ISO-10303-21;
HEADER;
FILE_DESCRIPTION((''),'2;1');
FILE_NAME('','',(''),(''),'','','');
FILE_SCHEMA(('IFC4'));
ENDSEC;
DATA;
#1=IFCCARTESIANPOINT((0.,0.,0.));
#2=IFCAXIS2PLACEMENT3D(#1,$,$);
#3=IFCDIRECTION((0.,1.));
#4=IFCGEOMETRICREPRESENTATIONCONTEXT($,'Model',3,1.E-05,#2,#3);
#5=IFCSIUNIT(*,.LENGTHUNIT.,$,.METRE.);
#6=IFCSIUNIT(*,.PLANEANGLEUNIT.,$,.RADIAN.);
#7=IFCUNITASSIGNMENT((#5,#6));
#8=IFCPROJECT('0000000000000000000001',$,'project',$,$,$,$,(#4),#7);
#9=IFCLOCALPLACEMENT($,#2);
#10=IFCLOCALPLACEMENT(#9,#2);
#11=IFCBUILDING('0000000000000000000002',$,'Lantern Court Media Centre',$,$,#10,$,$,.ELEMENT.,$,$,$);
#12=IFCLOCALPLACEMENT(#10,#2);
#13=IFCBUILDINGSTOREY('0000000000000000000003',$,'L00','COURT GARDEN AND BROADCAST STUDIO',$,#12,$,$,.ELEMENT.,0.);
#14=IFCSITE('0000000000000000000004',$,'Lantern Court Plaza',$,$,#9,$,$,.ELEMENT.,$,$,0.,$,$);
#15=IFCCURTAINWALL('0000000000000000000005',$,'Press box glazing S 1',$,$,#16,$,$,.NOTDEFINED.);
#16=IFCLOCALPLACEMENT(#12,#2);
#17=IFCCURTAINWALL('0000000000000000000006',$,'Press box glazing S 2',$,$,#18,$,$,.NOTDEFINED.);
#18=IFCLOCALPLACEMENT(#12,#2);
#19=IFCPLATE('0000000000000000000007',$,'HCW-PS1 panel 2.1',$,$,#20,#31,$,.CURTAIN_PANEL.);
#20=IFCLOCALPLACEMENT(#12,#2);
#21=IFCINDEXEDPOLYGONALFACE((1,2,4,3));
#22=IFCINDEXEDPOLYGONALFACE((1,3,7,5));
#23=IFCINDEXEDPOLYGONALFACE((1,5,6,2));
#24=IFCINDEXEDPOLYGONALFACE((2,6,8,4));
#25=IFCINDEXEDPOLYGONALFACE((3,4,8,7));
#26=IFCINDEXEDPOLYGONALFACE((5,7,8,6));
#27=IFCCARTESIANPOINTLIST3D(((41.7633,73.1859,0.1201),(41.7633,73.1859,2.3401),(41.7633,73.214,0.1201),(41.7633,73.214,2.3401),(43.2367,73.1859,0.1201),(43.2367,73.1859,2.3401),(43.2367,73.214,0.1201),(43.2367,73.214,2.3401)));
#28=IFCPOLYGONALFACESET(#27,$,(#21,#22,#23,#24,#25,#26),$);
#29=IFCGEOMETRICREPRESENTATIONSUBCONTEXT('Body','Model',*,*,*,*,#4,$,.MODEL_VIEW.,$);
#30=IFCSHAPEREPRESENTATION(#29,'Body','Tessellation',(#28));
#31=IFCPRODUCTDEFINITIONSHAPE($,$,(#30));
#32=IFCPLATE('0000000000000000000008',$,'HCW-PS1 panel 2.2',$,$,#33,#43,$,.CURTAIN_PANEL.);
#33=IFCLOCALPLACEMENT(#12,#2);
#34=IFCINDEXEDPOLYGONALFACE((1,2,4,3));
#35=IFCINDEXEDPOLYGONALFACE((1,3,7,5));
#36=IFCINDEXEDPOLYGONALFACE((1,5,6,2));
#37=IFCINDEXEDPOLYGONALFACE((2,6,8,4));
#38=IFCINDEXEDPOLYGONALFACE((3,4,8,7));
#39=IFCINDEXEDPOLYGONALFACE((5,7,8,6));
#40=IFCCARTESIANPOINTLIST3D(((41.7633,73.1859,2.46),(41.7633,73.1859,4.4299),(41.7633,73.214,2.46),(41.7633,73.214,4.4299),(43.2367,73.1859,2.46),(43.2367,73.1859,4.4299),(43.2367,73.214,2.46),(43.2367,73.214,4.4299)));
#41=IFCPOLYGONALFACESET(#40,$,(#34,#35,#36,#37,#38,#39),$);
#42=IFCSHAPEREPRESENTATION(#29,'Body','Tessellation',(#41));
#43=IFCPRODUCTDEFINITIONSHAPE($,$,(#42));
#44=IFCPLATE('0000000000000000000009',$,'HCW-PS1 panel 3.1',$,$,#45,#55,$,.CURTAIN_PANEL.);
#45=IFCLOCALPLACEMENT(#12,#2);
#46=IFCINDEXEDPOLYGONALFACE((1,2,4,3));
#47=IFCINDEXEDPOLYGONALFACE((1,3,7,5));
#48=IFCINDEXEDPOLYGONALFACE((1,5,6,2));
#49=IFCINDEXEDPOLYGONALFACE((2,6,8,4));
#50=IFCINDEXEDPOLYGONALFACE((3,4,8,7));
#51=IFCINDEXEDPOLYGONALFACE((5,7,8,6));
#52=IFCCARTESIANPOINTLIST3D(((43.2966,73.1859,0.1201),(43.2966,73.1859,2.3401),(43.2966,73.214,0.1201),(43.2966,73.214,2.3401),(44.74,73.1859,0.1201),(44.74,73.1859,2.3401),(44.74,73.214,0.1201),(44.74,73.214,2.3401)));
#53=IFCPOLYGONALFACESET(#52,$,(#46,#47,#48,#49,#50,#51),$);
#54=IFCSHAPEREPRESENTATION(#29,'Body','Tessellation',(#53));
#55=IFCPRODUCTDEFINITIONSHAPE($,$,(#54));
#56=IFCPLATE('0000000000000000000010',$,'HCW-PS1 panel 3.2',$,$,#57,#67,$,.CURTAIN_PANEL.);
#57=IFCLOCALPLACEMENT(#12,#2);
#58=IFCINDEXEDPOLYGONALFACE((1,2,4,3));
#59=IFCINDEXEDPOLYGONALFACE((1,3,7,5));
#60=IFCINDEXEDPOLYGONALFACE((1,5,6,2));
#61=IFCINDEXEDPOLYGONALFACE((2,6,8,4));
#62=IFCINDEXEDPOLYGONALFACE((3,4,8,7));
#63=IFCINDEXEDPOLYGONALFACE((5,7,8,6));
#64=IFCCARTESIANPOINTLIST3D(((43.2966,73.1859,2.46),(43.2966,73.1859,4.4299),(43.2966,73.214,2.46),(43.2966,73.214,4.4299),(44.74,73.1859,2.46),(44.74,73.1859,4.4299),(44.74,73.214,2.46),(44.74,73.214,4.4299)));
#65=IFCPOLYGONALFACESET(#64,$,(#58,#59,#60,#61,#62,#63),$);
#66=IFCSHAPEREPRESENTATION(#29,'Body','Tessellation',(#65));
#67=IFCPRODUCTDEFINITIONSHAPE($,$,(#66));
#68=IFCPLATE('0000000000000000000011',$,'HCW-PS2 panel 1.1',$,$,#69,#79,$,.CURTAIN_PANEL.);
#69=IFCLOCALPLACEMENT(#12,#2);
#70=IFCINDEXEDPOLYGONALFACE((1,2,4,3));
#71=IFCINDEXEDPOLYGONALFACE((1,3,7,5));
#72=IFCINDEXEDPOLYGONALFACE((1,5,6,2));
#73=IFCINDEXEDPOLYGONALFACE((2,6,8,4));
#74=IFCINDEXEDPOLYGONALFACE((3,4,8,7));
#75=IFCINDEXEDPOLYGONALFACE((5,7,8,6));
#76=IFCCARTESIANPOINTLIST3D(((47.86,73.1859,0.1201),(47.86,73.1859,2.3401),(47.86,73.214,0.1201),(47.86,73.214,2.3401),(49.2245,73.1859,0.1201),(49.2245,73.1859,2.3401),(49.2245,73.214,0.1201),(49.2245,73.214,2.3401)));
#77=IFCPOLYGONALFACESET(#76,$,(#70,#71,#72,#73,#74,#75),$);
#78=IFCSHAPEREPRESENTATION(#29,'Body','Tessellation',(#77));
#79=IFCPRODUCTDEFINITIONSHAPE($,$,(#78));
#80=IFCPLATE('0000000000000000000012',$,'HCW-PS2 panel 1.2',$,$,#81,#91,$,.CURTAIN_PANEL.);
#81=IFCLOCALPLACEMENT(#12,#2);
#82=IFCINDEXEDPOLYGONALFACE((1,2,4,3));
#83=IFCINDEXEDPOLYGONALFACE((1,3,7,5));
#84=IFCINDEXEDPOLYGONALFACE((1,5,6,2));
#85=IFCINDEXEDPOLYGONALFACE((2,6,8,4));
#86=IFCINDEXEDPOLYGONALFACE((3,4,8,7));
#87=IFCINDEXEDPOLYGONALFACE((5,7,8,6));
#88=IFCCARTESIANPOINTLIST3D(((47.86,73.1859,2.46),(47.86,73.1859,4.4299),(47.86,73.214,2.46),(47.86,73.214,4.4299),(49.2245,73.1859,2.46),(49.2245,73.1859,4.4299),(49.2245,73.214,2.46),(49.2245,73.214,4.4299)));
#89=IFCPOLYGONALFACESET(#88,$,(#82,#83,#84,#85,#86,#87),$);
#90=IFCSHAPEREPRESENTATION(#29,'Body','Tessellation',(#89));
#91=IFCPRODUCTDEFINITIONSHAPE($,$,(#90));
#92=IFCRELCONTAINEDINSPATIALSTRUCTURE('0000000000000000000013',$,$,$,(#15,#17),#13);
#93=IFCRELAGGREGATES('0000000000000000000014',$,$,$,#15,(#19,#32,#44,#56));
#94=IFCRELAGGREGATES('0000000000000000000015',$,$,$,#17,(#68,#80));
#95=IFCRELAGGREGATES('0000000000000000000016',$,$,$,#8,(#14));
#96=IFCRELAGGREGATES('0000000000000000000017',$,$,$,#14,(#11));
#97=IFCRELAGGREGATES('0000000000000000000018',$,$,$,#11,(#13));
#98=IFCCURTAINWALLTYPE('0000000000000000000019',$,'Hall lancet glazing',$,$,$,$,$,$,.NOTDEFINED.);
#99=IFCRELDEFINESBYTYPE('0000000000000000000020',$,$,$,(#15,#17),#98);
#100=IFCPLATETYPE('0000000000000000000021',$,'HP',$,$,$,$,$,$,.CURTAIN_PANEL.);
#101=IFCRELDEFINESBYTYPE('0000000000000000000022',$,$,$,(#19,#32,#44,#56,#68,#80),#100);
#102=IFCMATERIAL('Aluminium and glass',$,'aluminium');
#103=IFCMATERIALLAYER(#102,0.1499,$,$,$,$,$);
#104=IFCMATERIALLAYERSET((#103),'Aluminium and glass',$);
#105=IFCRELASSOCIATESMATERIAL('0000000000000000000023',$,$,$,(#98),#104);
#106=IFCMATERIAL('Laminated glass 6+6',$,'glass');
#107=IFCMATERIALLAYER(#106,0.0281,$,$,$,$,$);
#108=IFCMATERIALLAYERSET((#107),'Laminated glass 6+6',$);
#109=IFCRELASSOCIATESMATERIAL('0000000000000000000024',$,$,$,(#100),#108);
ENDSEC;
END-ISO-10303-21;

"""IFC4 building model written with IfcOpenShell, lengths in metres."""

from ifc_helpers import new_model, si_unit, direction, frame, origin, origin_2d, place, context, subcontext, project, spatial, rectangle, extrude, material, layer, layer_set, type_object, element, aggregate, save


model = new_model("IFC4")

# Units and contexts
model_context = context("Model", 3, precision=1e-05, world=origin(), true_north=direction((0.0, 1.0)))
body_context = subcontext(model_context, "Body", "Model", "MODEL_VIEW")
ifc_project = project(units=[si_unit("LENGTHUNIT", "METRE"), si_unit("PLANEANGLEUNIT", "RADIAN")], contexts=[model_context])

# Site, building, storey
site_placement = place(None, origin())
site = spatial("IfcSite", under=ifc_project, at=site_placement, Name="Lantern Court Plaza", CompositionType="ELEMENT", RefElevation=0.0)
building_placement = place(site_placement, origin())
building = spatial("IfcBuilding", under=site, at=building_placement, Name="Lantern Court Media Centre", CompositionType="ELEMENT")
storey_placement = place(building_placement, origin())
storey = spatial("IfcBuildingStorey", under=building, at=storey_placement, Name="L00", Description="COURT GARDEN AND BROADCAST STUDIO", CompositionType="ELEMENT", Elevation=0.0)

# Curtain walls
ifc_material_1 = material(Name="Aluminium and glass", Category="aluminium")
ifc_layer_1 = layer(ifc_material_1, 0.1499)
ifc_layer_set_1 = layer_set([ifc_layer_1], Name="Aluminium and glass")
curtain_wall_type = type_object("IfcCurtainWallType", Name="Hall lancet glazing", PredefinedType="NOTDEFINED", material=ifc_layer_set_1)
curtain_wall_1_placement = place(storey_placement, origin())
curtain_wall_1 = element("IfcCurtainWall", 1, at=curtain_wall_1_placement, inside=storey, type_object=curtain_wall_type, Name="Press box glazing S 1", PredefinedType="NOTDEFINED")
curtain_wall_2_placement = place(storey_placement, origin())
curtain_wall_2 = element("IfcCurtainWall", 2, at=curtain_wall_2_placement, inside=storey, type_object=curtain_wall_type, Name="Press box glazing S 2", PredefinedType="NOTDEFINED")

# Plates
ifc_material_2 = material(Name="Laminated glass 6+6", Category="glass")
ifc_layer_2 = layer(ifc_material_2, 0.0281)
ifc_layer_set_2 = layer_set([ifc_layer_2], Name="Laminated glass 6+6")
plate_type = type_object("IfcPlateType", Name="HP", PredefinedType="CURTAIN_PANEL", material=ifc_layer_set_2)
plate_1_placement = place(storey_placement, frame((42.5, 73.2, 0.1201), z_axis=(0.0, 0.0, 1.0), x_axis=(1.0, 0.0, 0.0)))
plate_1 = element("IfcPlate", 3, at=plate_1_placement, type_object=plate_type, Name="HCW-PS1 panel 2.1", PredefinedType="CURTAIN_PANEL", context=body_context, shape_type="SweptSolid", body=[
    extrude(rectangle(XDim=1.4734, YDim=0.0281, at=origin_2d()), origin(), (0.0, 0.0, 1.0), 2.22),
])
plate_2_placement = place(storey_placement, frame((42.5, 73.2, 2.46), z_axis=(0.0, 0.0, 1.0), x_axis=(1.0, 0.0, 0.0)))
plate_2 = element("IfcPlate", 4, at=plate_2_placement, type_object=plate_type, Name="HCW-PS1 panel 2.2", PredefinedType="CURTAIN_PANEL", context=body_context, shape_type="SweptSolid", body=[
    extrude(rectangle(XDim=1.4734, YDim=0.0281, at=origin_2d()), origin(), (0.0, 0.0, 1.0), 1.97),
])
plate_3_placement = place(storey_placement, frame((44.0183, 73.2, 0.1201), z_axis=(0.0, 0.0, 1.0), x_axis=(1.0, 0.0, 0.0)))
plate_3 = element("IfcPlate", 5, at=plate_3_placement, type_object=plate_type, Name="HCW-PS1 panel 3.1", PredefinedType="CURTAIN_PANEL", context=body_context, shape_type="SweptSolid", body=[
    extrude(rectangle(XDim=1.4434, YDim=0.0281, at=origin_2d()), origin(), (0.0, 0.0, 1.0), 2.22),
])
plate_4_placement = place(storey_placement, frame((44.0183, 73.2, 2.46), z_axis=(0.0, 0.0, 1.0), x_axis=(1.0, 0.0, 0.0)))
plate_4 = element("IfcPlate", 6, at=plate_4_placement, type_object=plate_type, Name="HCW-PS1 panel 3.2", PredefinedType="CURTAIN_PANEL", context=body_context, shape_type="SweptSolid", body=[
    extrude(rectangle(XDim=1.4434, YDim=0.0281, at=origin_2d()), origin(), (0.0, 0.0, 1.0), 1.97),
])
aggregate(curtain_wall_1, [plate_1, plate_2, plate_3, plate_4])
plate_5_placement = place(storey_placement, frame((48.5422, 73.2, 0.1201), z_axis=(0.0, 0.0, 1.0), x_axis=(1.0, 0.0, 0.0)))
plate_5 = element("IfcPlate", 7, at=plate_5_placement, type_object=plate_type, Name="HCW-PS2 panel 1.1", PredefinedType="CURTAIN_PANEL", context=body_context, shape_type="SweptSolid", body=[
    extrude(rectangle(XDim=1.3645, YDim=0.0281, at=origin_2d()), origin(), (0.0, 0.0, 1.0), 2.22),
])
plate_6_placement = place(storey_placement, frame((48.5422, 73.2, 2.46), z_axis=(0.0, 0.0, 1.0), x_axis=(1.0, 0.0, 0.0)))
plate_6 = element("IfcPlate", 8, at=plate_6_placement, type_object=plate_type, Name="HCW-PS2 panel 1.2", PredefinedType="CURTAIN_PANEL", context=body_context, shape_type="SweptSolid", body=[
    extrude(rectangle(XDim=1.3645, YDim=0.0281, at=origin_2d()), origin(), (0.0, 0.0, 1.0), 1.97),
])
aggregate(curtain_wall_2, [plate_5, plate_6])

save(model, "model.ifc")
